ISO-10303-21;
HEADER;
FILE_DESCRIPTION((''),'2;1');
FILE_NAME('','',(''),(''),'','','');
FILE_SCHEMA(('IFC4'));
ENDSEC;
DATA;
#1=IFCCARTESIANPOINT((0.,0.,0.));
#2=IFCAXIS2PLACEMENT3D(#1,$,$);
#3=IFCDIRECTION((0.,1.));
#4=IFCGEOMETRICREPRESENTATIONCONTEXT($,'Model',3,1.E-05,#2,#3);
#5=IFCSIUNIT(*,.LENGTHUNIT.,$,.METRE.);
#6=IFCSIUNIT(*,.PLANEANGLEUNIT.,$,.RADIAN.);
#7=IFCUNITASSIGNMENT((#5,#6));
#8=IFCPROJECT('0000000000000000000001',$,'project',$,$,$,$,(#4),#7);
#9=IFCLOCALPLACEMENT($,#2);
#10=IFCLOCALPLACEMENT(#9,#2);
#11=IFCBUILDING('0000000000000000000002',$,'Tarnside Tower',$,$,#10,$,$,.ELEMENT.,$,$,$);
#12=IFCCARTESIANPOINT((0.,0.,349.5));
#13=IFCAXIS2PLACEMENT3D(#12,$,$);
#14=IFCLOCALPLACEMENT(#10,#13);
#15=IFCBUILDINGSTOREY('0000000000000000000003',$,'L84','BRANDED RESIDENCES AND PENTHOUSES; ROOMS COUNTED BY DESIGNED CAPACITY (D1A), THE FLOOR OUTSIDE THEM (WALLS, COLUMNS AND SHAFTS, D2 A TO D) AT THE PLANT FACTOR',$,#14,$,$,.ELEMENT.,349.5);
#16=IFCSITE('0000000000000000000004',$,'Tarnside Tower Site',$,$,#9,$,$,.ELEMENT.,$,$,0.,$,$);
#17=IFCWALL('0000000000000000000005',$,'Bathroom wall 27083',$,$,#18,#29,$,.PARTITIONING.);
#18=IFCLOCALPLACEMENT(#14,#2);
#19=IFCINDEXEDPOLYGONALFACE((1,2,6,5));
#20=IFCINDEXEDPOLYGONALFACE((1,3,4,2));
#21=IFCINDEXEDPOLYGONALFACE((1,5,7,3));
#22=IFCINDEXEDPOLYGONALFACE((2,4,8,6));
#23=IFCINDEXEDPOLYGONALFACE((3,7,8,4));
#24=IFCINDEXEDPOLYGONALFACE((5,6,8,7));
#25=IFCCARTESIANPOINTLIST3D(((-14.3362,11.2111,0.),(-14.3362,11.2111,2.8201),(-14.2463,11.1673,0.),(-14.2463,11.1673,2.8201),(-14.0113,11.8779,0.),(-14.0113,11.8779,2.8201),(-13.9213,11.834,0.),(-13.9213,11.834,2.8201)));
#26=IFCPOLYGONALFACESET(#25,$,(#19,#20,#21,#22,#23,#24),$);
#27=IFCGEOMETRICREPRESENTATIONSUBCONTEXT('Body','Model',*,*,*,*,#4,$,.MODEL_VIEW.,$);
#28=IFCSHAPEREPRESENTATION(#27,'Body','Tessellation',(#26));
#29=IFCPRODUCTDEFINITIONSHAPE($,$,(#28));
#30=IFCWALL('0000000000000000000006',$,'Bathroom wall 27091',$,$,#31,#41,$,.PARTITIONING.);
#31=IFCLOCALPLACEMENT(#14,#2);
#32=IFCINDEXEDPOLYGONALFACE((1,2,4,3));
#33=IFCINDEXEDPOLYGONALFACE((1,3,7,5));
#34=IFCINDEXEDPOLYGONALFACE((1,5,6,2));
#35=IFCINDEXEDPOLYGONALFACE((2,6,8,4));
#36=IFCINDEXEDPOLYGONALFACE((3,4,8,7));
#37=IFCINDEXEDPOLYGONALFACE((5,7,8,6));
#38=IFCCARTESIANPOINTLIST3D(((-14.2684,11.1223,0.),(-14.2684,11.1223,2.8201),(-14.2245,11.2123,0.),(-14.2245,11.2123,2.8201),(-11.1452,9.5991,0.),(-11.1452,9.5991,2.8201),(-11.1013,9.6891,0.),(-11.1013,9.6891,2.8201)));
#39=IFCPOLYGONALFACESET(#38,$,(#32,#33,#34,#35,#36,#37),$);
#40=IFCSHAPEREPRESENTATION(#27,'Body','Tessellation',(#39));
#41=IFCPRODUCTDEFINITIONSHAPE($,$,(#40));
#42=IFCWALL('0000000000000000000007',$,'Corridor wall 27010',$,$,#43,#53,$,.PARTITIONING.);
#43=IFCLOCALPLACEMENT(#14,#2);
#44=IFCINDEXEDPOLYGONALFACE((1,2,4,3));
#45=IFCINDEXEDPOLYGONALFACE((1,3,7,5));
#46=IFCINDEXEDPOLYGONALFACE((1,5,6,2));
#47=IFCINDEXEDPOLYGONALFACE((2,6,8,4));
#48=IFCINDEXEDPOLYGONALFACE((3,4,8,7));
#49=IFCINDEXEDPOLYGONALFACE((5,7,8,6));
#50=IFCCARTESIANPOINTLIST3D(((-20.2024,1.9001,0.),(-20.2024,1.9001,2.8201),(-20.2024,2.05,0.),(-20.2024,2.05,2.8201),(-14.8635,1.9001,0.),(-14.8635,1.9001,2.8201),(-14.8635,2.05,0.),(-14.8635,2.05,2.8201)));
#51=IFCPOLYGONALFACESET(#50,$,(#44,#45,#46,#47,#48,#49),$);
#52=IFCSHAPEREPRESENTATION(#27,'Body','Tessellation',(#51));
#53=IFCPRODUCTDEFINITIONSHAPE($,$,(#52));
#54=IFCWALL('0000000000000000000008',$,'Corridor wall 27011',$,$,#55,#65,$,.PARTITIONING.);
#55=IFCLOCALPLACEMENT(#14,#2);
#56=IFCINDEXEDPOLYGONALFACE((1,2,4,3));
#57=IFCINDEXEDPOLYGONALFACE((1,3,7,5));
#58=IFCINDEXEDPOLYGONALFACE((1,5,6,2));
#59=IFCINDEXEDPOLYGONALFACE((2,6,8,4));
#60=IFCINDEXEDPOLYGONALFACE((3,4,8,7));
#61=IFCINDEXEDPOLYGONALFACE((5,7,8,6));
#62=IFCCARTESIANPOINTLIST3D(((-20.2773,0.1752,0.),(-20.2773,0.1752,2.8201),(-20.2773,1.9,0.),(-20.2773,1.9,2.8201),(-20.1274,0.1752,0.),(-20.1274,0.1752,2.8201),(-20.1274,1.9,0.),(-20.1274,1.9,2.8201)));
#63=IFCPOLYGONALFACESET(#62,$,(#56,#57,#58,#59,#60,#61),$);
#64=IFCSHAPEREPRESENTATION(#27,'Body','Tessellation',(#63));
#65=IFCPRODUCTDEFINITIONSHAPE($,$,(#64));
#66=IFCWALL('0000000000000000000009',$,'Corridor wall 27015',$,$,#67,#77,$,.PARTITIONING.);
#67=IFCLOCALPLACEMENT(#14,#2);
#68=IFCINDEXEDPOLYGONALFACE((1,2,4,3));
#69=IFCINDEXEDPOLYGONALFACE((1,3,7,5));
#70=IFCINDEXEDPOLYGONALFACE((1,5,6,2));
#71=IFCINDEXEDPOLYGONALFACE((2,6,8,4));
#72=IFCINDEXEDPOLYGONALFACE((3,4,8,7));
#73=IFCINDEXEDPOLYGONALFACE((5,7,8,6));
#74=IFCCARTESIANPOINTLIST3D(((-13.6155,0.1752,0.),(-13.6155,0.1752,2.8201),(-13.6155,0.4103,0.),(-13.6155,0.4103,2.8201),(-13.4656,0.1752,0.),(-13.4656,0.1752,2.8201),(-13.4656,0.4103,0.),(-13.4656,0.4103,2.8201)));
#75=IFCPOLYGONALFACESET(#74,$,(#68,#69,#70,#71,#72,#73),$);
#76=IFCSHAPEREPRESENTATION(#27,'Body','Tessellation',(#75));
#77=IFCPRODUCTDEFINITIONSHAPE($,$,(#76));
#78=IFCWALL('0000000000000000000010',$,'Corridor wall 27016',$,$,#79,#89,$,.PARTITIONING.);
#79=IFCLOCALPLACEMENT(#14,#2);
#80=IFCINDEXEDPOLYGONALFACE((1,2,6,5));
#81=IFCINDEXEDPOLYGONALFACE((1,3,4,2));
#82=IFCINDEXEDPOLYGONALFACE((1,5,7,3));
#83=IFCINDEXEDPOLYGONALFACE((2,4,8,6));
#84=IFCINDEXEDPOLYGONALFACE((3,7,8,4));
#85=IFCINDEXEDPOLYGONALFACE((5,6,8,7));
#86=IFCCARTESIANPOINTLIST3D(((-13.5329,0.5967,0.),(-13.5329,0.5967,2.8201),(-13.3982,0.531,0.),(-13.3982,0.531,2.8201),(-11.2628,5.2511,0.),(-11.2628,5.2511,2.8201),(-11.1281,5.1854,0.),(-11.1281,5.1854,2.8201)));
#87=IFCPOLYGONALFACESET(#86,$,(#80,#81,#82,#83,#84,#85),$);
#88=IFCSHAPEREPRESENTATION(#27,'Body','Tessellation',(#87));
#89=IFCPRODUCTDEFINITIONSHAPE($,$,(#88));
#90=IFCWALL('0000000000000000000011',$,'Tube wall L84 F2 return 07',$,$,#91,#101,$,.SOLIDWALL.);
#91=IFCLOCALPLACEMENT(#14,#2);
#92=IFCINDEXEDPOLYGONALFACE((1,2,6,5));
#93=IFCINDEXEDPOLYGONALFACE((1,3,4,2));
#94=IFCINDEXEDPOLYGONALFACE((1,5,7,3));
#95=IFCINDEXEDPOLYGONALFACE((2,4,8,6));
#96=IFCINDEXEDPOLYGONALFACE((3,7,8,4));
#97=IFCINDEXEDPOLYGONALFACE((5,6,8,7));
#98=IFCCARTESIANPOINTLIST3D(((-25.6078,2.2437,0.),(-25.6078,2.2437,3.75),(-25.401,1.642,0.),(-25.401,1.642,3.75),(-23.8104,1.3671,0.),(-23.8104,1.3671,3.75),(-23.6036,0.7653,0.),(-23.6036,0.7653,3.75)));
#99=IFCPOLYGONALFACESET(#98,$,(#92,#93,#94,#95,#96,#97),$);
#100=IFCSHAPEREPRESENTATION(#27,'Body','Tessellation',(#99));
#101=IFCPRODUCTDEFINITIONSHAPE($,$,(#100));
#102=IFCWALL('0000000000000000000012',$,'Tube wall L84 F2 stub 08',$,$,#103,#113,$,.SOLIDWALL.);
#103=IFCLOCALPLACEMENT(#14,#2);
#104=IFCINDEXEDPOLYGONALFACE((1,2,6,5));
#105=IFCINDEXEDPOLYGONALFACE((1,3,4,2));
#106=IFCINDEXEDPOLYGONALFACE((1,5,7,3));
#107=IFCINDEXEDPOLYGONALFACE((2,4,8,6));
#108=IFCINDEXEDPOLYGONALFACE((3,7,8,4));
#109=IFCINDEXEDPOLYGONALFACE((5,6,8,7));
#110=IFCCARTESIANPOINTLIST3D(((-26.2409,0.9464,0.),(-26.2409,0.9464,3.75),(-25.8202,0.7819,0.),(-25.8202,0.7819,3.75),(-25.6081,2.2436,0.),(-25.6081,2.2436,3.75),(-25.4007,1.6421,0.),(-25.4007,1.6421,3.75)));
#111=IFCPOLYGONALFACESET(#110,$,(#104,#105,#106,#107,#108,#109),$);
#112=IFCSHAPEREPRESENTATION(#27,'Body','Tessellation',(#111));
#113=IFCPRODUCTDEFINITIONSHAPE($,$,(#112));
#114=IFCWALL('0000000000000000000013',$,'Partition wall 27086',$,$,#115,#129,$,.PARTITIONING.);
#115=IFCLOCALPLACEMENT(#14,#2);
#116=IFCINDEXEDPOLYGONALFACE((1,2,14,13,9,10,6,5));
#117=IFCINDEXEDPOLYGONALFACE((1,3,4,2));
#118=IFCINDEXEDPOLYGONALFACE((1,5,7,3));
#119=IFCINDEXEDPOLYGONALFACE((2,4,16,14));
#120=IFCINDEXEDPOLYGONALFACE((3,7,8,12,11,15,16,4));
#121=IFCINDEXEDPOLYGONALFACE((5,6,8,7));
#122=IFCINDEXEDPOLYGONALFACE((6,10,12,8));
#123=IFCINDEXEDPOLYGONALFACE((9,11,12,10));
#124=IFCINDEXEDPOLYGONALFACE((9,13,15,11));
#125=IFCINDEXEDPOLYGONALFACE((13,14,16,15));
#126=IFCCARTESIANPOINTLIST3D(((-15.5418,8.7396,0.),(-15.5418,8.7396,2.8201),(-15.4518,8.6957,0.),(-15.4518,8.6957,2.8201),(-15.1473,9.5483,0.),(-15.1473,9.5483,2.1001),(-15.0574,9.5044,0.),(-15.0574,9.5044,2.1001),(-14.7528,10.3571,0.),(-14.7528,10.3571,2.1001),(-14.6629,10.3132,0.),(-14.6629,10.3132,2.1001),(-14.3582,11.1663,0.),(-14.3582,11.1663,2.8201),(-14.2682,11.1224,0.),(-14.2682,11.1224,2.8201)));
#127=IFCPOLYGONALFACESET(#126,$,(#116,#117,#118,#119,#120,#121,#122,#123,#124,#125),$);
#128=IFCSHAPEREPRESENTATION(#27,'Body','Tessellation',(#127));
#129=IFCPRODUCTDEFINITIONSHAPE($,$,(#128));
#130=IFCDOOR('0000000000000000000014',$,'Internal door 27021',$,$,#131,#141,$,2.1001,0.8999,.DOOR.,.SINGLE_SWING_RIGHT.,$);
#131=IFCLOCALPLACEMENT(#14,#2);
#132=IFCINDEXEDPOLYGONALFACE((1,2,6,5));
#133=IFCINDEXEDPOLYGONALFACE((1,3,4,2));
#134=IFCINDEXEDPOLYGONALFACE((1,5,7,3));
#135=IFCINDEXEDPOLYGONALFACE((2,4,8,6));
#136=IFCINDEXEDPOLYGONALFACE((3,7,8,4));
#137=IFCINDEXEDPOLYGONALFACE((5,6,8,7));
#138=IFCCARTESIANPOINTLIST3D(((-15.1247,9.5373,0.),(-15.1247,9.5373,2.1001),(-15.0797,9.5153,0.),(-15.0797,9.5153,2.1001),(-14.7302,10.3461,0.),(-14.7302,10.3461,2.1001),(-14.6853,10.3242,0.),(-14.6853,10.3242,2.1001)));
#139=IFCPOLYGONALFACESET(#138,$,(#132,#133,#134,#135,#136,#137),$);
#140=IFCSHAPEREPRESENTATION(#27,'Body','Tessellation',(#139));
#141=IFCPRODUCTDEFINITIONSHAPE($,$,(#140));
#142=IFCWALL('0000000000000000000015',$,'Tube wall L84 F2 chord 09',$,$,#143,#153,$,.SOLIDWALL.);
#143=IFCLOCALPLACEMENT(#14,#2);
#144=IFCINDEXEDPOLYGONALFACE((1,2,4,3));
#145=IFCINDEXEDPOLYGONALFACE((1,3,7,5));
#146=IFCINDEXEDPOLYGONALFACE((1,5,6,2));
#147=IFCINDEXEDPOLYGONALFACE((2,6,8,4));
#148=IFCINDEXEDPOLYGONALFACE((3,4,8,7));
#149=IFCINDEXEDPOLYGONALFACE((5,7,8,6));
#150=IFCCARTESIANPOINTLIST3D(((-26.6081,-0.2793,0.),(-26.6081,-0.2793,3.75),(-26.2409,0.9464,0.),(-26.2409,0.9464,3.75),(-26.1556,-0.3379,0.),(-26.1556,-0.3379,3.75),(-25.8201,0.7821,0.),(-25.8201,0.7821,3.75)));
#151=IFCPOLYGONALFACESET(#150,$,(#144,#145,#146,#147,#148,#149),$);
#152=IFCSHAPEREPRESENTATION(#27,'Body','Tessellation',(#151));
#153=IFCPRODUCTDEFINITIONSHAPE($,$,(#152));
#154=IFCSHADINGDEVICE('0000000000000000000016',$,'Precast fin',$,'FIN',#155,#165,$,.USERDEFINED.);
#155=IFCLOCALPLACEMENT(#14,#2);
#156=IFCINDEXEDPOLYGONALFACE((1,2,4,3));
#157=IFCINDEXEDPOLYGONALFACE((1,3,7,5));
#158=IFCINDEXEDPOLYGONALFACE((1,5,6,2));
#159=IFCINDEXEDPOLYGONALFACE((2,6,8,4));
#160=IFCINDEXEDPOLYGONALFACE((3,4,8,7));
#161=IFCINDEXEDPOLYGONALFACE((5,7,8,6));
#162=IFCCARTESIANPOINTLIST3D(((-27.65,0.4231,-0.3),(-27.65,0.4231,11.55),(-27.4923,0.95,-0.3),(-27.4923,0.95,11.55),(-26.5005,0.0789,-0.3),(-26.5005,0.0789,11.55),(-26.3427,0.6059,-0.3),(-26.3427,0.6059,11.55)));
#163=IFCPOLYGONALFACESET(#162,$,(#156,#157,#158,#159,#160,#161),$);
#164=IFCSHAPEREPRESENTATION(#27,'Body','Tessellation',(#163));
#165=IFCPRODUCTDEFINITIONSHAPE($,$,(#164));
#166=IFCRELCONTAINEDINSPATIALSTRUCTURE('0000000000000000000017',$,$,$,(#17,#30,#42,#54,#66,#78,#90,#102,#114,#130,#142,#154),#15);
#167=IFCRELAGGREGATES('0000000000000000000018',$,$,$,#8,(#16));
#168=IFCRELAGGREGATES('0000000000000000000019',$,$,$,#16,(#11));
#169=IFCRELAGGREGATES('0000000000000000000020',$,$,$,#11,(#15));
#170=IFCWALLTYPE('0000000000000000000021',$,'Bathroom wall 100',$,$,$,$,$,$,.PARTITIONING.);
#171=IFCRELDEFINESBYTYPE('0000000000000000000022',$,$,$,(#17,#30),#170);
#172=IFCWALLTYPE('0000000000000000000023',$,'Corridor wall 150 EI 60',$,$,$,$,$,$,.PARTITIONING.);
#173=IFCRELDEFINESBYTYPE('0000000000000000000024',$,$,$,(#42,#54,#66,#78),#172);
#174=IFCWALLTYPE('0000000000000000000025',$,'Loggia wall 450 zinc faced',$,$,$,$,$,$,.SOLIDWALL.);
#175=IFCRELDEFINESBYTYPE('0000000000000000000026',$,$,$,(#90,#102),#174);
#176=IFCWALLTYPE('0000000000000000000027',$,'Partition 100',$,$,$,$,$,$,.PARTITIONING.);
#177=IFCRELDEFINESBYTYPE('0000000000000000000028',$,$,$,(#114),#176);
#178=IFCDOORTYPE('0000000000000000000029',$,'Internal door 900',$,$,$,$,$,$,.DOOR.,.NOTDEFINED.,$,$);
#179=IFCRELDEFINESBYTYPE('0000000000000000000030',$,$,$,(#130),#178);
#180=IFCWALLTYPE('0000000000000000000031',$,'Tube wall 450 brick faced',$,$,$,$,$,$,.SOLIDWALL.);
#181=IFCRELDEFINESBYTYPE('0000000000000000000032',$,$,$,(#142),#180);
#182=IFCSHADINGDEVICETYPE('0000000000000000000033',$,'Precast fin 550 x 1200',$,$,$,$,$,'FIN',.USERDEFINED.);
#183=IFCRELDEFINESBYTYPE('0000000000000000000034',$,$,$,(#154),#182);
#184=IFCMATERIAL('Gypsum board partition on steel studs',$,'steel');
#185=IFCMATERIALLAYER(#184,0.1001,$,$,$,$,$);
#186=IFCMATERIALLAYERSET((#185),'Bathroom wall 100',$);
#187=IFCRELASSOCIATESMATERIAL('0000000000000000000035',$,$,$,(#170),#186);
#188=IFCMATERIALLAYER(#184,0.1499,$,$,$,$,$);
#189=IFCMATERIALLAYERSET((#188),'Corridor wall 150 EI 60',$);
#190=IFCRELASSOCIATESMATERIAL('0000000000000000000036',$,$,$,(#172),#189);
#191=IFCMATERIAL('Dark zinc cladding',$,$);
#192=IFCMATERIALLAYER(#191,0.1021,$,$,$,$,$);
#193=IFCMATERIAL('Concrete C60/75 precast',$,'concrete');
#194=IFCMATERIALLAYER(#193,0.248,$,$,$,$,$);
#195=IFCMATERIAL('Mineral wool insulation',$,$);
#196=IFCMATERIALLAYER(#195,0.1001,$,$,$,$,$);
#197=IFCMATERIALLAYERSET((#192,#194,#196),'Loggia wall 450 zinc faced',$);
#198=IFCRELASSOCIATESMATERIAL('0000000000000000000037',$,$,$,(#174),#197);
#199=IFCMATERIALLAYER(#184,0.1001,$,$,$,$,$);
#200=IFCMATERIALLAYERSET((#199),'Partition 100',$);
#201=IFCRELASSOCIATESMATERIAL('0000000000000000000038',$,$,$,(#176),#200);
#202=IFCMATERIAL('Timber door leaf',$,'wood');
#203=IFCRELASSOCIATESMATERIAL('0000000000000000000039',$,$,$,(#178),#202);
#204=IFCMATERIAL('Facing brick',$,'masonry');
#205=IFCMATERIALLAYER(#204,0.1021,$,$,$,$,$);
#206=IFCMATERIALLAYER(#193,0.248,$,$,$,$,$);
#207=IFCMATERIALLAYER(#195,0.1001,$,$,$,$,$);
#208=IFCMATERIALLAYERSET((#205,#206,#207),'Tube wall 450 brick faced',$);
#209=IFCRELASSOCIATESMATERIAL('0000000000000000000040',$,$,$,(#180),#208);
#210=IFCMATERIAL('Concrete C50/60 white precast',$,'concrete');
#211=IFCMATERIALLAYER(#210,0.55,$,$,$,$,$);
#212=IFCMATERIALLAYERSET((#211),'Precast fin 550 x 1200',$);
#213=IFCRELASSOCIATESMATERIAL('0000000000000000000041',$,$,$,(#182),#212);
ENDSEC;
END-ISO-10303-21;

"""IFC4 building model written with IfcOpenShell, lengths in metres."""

from ifc_helpers import new_model, si_unit, direction, frame, frame_2d, origin, place, context, subcontext, project, spatial, polyline, rectangle, outline, extrude, material, layer, layer_set, type_object, element, fill, save


model = new_model("IFC4")

# Units and contexts
model_context = context("Model", 3, precision=1e-05, world=origin(), true_north=direction((0.0, 1.0)))
body_context = subcontext(model_context, "Body", "Model", "MODEL_VIEW")
ifc_project = project(units=[si_unit("LENGTHUNIT", "METRE"), si_unit("PLANEANGLEUNIT", "RADIAN")], contexts=[model_context])

# Site, building, storey
site_placement = place(None, origin())
site = spatial("IfcSite", under=ifc_project, at=site_placement, Name="Tarnside Tower Site", CompositionType="ELEMENT", RefElevation=0.0)
building_placement = place(site_placement, origin())
building = spatial("IfcBuilding", under=site, at=building_placement, Name="Tarnside Tower", CompositionType="ELEMENT")
storey_placement = place(building_placement, frame((0.0, 0.0, 349.5)))
storey = spatial("IfcBuildingStorey", under=building, at=storey_placement, Name="L84", Description="BRANDED RESIDENCES AND PENTHOUSES; ROOMS COUNTED BY DESIGNED CAPACITY (D1A), THE FLOOR OUTSIDE THEM (WALLS, COLUMNS AND SHAFTS, D2 A TO D) AT THE PLANT FACTOR", CompositionType="ELEMENT", Elevation=349.5)

# Walls
ifc_material_1 = material(Name="Gypsum board partition on steel studs", Category="steel")
ifc_layer_1 = layer(ifc_material_1, 0.1001)
ifc_layer_set_1 = layer_set([ifc_layer_1], Name="Bathroom wall 100")
wall_type_1 = type_object("IfcWallType", Name="Bathroom wall 100", PredefinedType="PARTITIONING", material=ifc_layer_set_1)
wall_1_placement = place(storey_placement, frame((-14.2913, 11.1892, 0.0), z_axis=(0.0, 0.0, 1.0), x_axis=(0.438106, 0.898923, 0.0)))
element("IfcWall", 1, at=wall_1_placement, inside=storey, type_object=wall_type_1, Name="Bathroom wall 27083", PredefinedType="PARTITIONING", context=body_context, shape_type="SweptSolid", body=[
    extrude(rectangle(XDim=0.7417, YDim=0.1001, at=frame_2d((0.3708, 0.0))), origin(), (0.0, 0.0, 1.0), 2.8201),
])
wall_2_placement = place(storey_placement, frame((-14.2463, 11.1672, 0.0), z_axis=(0.0, 0.0, 1.0), x_axis=(0.89881, -0.438339, 0.0)))
element("IfcWall", 2, at=wall_2_placement, inside=storey, type_object=wall_type_1, Name="Bathroom wall 27091", PredefinedType="PARTITIONING", context=body_context, shape_type="SweptSolid", body=[
    extrude(rectangle(XDim=3.4749, YDim=0.1001, at=frame_2d((1.7373, 0.0))), origin(), (0.0, 0.0, 1.0), 2.8201),
])
ifc_layer_2 = layer(ifc_material_1, 0.1499)
ifc_layer_set_2 = layer_set([ifc_layer_2], Name="Corridor wall 150 EI 60")
wall_type_2 = type_object("IfcWallType", Name="Corridor wall 150 EI 60", PredefinedType="PARTITIONING", material=ifc_layer_set_2)
wall_3_placement = place(storey_placement, frame((-14.8635, 1.9751, 0.0), z_axis=(0.0, 0.0, 1.0), x_axis=(-1.0, 0.0, 0.0)))
element("IfcWall", 3, at=wall_3_placement, inside=storey, type_object=wall_type_2, Name="Corridor wall 27010", PredefinedType="PARTITIONING", context=body_context, shape_type="SweptSolid", body=[
    extrude(rectangle(XDim=5.3389, YDim=0.1499, at=frame_2d((2.6694, 0.0))), origin(), (0.0, 0.0, 1.0), 2.8201),
])
wall_4_placement = place(storey_placement, frame((-20.2024, 1.8999, 0.0), z_axis=(0.0, 0.0, 1.0), x_axis=(0.0, -1.0, 0.0)))
element("IfcWall", 4, at=wall_4_placement, inside=storey, type_object=wall_type_2, Name="Corridor wall 27011", PredefinedType="PARTITIONING", context=body_context, shape_type="SweptSolid", body=[
    extrude(rectangle(XDim=1.7249, YDim=0.1499, at=frame_2d((0.8623, 0.0))), origin(), (0.0, 0.0, 1.0), 2.8201),
])
wall_5_placement = place(storey_placement, frame((-13.5405, 0.175, 0.0), z_axis=(0.0, 0.0, 1.0), x_axis=(0.0, 1.0, 0.0)))
element("IfcWall", 5, at=wall_5_placement, inside=storey, type_object=wall_type_2, Name="Corridor wall 27015", PredefinedType="PARTITIONING", context=body_context, shape_type="SweptSolid", body=[
    extrude(rectangle(XDim=0.2351, YDim=0.1499, at=frame_2d((0.1177, 0.0))), origin(), (0.0, 0.0, 1.0), 2.8201),
])
wall_6_placement = place(storey_placement, frame((-13.4656, 0.5637, 0.0), z_axis=(0.0, 0.0, 1.0), x_axis=(0.438366, 0.898797, 0.0)))
element("IfcWall", 6, at=wall_6_placement, inside=storey, type_object=wall_type_2, Name="Corridor wall 27016", PredefinedType="PARTITIONING", context=body_context, shape_type="SweptSolid", body=[
    extrude(rectangle(XDim=5.1785, YDim=0.1499, at=frame_2d((2.5894, 0.0))), origin(), (0.0, 0.0, 1.0), 2.8201),
])
ifc_material_2 = material(Name="Dark zinc cladding")
ifc_layer_3 = layer(ifc_material_2, 0.1021)
ifc_material_3 = material(Name="Concrete C60/75 precast", Category="concrete")
ifc_layer_4 = layer(ifc_material_3, 0.248)
ifc_material_4 = material(Name="Mineral wool insulation")
ifc_layer_5 = layer(ifc_material_4, 0.1001)
ifc_layer_set_3 = layer_set([ifc_layer_3, ifc_layer_4, ifc_layer_5], Name="Loggia wall 450 zinc faced")
wall_type_3 = type_object("IfcWallType", Name="Loggia wall 450 zinc faced", PredefinedType="SOLIDWALL", material=ifc_layer_set_3)
wall_7_placement = place(storey_placement, frame((-23.707, 1.0662, 0.0), z_axis=(0.0, 0.0, 1.0), x_axis=(-0.898779, 0.438402, 0.0)))
element("IfcWall", 7, at=wall_7_placement, inside=storey, type_object=wall_type_3, Name="Tube wall L84 F2 return 07", PredefinedType="SOLIDWALL", context=body_context, shape_type="SweptSolid", body=[
    extrude(outline(polyline([(0.2249, -0.2251), (2.2246, -0.2251), (1.7749, 0.2251), (-0.2249, 0.2251), (0.2249, -0.2251)])), origin(), (0.0, 0.0, 1.0), 3.75),
])
wall_8_placement = place(storey_placement, frame((-25.5044, 1.9429, 0.0), z_axis=(0.0, 0.0, 1.0), x_axis=(-0.438404, -0.898778, 0.0)))
element("IfcWall", 8, at=wall_8_placement, inside=storey, type_object=wall_type_3, Name="Tube wall L84 F2 stub 08", PredefinedType="SOLIDWALL", context=body_context, shape_type="SweptSolid", body=[
    extrude(outline(polyline([(-0.2249, -0.2251), (1.2185, -0.2251), (1.1819, 0.2251), (0.2249, 0.2251), (-0.2249, -0.2251)])), origin(), (0.0, 0.0, 1.0), 3.75),
])

# Wall, opening, door
ifc_layer_6 = layer(ifc_material_1, 0.1001)
ifc_layer_set_4 = layer_set([ifc_layer_6], Name="Partition 100")
wall_type_4 = type_object("IfcWallType", Name="Partition 100", PredefinedType="PARTITIONING", material=ifc_layer_set_4)
wall_9_placement = place(storey_placement, frame((-15.4968, 8.7175, 0.0), z_axis=(0.0, 0.0, 1.0), x_axis=(0.438367, 0.898796, 0.0)))
wall_9 = element("IfcWall", 9, at=wall_9_placement, inside=storey, type_object=wall_type_4, Name="Partition wall 27086", PredefinedType="PARTITIONING", context=body_context, shape_type="SweptSolid", body=[
    extrude(rectangle(XDim=2.7, YDim=0.1001, at=frame_2d((1.3501, 0.0))), origin(), (0.0, 0.0, 1.0), 2.8201),
])
opening_placement = place(wall_9_placement, frame((0.8999, 0.0, 0.0)))
opening = element("IfcOpeningElement", 10, at=opening_placement, cuts=wall_9, PredefinedType="OPENING", context=body_context, shape_type="SweptSolid", body=[
    extrude(rectangle(XDim=0.8999, YDim=2.1001, at=frame_2d((0.45, 1.05))), frame((0.0, 0.0601, 0.0), z_axis=(0.0, -1.0, 0.0), x_axis=(1.0, 0.0, 0.0)), (0.0, 0.0, 1.0), 0.1201),
])
ifc_material_5 = material(Name="Timber door leaf", Category="wood")
door_type = type_object("IfcDoorType", Name="Internal door 900", OperationType="NOTDEFINED", PredefinedType="DOOR", material=ifc_material_5)
door_placement = place(opening_placement, origin())
door = element("IfcDoor", 11, at=door_placement, inside=storey, type_object=door_type, Name="Internal door 27021", OperationType="SINGLE_SWING_RIGHT", OverallHeight=2.1001, OverallWidth=0.8999, PredefinedType="DOOR", context=body_context, shape_type="SweptSolid", body=[
    extrude(rectangle(XDim=0.8999, YDim=2.1001, at=frame_2d((0.45, 1.05))), frame((0.0, 0.0249, 0.0), z_axis=(0.0, -1.0, 0.0), x_axis=(1.0, 0.0, 0.0)), (0.0, 0.0, 1.0), 0.05),
])
fill(opening, door)

# Wall
ifc_material_6 = material(Name="Facing brick", Category="masonry")
ifc_layer_7 = layer(ifc_material_6, 0.1021)
ifc_layer_8 = layer(ifc_material_3, 0.248)
ifc_layer_9 = layer(ifc_material_4, 0.1001)
ifc_layer_set_5 = layer_set([ifc_layer_7, ifc_layer_8, ifc_layer_9], Name="Tube wall 450 brick faced")
wall_type_5 = type_object("IfcWallType", Name="Tube wall 450 brick faced", PredefinedType="SOLIDWALL", material=ifc_layer_set_5)
wall_10_placement = place(storey_placement, frame((-26.0305, 0.8643, 0.0), z_axis=(0.0, 0.0, 1.0), x_axis=(-0.286945, -0.957947, 0.0)))
element("IfcWall", 12, at=wall_10_placement, inside=storey, type_object=wall_type_5, Name="Tube wall L84 F2 chord 09", PredefinedType="SOLIDWALL", context=body_context, shape_type="SweptSolid", body=[
    extrude(outline(polyline([(-0.0183, -0.2251), (1.2612, -0.2251), (1.1875, 0.2251), (0.0183, 0.2251), (-0.0183, -0.2251)])), origin(), (0.0, 0.0, 1.0), 3.75),
])

# Shading device
ifc_material_7 = material(Name="Concrete C50/60 white precast", Category="concrete")
ifc_layer_10 = layer(ifc_material_7, 0.55)
ifc_layer_set_6 = layer_set([ifc_layer_10], Name="Precast fin 550 x 1200")
shading_device_type_1 = type_object("IfcShadingDeviceType", Name="Precast fin 550 x 1200", ElementType="FIN", PredefinedType="USERDEFINED", material=ifc_layer_set_6)
shading_device_placement = place(storey_placement, frame((-26.4216, 0.3423, -0.3), z_axis=(0.286803, 0.95799, 0.0), x_axis=(-0.95799, 0.286803, 0.0)))
element("IfcShadingDevice", 13, at=shading_device_placement, inside=storey, type_object=shading_device_type_1, Name="Precast fin", ObjectType="FIN", PredefinedType="USERDEFINED", context=body_context, shape_type="SweptSolid", body=[
    extrude(outline(polyline([(0.0, 0.0), (1.2, 0.0), (1.2, 11.8501), (0.0, 11.8501), (0.0, 0.0)])), frame((0.0, 0.0, -0.2749)), (0.0, 0.0, 1.0), 0.55),
])

save(model, "model.ifc")
